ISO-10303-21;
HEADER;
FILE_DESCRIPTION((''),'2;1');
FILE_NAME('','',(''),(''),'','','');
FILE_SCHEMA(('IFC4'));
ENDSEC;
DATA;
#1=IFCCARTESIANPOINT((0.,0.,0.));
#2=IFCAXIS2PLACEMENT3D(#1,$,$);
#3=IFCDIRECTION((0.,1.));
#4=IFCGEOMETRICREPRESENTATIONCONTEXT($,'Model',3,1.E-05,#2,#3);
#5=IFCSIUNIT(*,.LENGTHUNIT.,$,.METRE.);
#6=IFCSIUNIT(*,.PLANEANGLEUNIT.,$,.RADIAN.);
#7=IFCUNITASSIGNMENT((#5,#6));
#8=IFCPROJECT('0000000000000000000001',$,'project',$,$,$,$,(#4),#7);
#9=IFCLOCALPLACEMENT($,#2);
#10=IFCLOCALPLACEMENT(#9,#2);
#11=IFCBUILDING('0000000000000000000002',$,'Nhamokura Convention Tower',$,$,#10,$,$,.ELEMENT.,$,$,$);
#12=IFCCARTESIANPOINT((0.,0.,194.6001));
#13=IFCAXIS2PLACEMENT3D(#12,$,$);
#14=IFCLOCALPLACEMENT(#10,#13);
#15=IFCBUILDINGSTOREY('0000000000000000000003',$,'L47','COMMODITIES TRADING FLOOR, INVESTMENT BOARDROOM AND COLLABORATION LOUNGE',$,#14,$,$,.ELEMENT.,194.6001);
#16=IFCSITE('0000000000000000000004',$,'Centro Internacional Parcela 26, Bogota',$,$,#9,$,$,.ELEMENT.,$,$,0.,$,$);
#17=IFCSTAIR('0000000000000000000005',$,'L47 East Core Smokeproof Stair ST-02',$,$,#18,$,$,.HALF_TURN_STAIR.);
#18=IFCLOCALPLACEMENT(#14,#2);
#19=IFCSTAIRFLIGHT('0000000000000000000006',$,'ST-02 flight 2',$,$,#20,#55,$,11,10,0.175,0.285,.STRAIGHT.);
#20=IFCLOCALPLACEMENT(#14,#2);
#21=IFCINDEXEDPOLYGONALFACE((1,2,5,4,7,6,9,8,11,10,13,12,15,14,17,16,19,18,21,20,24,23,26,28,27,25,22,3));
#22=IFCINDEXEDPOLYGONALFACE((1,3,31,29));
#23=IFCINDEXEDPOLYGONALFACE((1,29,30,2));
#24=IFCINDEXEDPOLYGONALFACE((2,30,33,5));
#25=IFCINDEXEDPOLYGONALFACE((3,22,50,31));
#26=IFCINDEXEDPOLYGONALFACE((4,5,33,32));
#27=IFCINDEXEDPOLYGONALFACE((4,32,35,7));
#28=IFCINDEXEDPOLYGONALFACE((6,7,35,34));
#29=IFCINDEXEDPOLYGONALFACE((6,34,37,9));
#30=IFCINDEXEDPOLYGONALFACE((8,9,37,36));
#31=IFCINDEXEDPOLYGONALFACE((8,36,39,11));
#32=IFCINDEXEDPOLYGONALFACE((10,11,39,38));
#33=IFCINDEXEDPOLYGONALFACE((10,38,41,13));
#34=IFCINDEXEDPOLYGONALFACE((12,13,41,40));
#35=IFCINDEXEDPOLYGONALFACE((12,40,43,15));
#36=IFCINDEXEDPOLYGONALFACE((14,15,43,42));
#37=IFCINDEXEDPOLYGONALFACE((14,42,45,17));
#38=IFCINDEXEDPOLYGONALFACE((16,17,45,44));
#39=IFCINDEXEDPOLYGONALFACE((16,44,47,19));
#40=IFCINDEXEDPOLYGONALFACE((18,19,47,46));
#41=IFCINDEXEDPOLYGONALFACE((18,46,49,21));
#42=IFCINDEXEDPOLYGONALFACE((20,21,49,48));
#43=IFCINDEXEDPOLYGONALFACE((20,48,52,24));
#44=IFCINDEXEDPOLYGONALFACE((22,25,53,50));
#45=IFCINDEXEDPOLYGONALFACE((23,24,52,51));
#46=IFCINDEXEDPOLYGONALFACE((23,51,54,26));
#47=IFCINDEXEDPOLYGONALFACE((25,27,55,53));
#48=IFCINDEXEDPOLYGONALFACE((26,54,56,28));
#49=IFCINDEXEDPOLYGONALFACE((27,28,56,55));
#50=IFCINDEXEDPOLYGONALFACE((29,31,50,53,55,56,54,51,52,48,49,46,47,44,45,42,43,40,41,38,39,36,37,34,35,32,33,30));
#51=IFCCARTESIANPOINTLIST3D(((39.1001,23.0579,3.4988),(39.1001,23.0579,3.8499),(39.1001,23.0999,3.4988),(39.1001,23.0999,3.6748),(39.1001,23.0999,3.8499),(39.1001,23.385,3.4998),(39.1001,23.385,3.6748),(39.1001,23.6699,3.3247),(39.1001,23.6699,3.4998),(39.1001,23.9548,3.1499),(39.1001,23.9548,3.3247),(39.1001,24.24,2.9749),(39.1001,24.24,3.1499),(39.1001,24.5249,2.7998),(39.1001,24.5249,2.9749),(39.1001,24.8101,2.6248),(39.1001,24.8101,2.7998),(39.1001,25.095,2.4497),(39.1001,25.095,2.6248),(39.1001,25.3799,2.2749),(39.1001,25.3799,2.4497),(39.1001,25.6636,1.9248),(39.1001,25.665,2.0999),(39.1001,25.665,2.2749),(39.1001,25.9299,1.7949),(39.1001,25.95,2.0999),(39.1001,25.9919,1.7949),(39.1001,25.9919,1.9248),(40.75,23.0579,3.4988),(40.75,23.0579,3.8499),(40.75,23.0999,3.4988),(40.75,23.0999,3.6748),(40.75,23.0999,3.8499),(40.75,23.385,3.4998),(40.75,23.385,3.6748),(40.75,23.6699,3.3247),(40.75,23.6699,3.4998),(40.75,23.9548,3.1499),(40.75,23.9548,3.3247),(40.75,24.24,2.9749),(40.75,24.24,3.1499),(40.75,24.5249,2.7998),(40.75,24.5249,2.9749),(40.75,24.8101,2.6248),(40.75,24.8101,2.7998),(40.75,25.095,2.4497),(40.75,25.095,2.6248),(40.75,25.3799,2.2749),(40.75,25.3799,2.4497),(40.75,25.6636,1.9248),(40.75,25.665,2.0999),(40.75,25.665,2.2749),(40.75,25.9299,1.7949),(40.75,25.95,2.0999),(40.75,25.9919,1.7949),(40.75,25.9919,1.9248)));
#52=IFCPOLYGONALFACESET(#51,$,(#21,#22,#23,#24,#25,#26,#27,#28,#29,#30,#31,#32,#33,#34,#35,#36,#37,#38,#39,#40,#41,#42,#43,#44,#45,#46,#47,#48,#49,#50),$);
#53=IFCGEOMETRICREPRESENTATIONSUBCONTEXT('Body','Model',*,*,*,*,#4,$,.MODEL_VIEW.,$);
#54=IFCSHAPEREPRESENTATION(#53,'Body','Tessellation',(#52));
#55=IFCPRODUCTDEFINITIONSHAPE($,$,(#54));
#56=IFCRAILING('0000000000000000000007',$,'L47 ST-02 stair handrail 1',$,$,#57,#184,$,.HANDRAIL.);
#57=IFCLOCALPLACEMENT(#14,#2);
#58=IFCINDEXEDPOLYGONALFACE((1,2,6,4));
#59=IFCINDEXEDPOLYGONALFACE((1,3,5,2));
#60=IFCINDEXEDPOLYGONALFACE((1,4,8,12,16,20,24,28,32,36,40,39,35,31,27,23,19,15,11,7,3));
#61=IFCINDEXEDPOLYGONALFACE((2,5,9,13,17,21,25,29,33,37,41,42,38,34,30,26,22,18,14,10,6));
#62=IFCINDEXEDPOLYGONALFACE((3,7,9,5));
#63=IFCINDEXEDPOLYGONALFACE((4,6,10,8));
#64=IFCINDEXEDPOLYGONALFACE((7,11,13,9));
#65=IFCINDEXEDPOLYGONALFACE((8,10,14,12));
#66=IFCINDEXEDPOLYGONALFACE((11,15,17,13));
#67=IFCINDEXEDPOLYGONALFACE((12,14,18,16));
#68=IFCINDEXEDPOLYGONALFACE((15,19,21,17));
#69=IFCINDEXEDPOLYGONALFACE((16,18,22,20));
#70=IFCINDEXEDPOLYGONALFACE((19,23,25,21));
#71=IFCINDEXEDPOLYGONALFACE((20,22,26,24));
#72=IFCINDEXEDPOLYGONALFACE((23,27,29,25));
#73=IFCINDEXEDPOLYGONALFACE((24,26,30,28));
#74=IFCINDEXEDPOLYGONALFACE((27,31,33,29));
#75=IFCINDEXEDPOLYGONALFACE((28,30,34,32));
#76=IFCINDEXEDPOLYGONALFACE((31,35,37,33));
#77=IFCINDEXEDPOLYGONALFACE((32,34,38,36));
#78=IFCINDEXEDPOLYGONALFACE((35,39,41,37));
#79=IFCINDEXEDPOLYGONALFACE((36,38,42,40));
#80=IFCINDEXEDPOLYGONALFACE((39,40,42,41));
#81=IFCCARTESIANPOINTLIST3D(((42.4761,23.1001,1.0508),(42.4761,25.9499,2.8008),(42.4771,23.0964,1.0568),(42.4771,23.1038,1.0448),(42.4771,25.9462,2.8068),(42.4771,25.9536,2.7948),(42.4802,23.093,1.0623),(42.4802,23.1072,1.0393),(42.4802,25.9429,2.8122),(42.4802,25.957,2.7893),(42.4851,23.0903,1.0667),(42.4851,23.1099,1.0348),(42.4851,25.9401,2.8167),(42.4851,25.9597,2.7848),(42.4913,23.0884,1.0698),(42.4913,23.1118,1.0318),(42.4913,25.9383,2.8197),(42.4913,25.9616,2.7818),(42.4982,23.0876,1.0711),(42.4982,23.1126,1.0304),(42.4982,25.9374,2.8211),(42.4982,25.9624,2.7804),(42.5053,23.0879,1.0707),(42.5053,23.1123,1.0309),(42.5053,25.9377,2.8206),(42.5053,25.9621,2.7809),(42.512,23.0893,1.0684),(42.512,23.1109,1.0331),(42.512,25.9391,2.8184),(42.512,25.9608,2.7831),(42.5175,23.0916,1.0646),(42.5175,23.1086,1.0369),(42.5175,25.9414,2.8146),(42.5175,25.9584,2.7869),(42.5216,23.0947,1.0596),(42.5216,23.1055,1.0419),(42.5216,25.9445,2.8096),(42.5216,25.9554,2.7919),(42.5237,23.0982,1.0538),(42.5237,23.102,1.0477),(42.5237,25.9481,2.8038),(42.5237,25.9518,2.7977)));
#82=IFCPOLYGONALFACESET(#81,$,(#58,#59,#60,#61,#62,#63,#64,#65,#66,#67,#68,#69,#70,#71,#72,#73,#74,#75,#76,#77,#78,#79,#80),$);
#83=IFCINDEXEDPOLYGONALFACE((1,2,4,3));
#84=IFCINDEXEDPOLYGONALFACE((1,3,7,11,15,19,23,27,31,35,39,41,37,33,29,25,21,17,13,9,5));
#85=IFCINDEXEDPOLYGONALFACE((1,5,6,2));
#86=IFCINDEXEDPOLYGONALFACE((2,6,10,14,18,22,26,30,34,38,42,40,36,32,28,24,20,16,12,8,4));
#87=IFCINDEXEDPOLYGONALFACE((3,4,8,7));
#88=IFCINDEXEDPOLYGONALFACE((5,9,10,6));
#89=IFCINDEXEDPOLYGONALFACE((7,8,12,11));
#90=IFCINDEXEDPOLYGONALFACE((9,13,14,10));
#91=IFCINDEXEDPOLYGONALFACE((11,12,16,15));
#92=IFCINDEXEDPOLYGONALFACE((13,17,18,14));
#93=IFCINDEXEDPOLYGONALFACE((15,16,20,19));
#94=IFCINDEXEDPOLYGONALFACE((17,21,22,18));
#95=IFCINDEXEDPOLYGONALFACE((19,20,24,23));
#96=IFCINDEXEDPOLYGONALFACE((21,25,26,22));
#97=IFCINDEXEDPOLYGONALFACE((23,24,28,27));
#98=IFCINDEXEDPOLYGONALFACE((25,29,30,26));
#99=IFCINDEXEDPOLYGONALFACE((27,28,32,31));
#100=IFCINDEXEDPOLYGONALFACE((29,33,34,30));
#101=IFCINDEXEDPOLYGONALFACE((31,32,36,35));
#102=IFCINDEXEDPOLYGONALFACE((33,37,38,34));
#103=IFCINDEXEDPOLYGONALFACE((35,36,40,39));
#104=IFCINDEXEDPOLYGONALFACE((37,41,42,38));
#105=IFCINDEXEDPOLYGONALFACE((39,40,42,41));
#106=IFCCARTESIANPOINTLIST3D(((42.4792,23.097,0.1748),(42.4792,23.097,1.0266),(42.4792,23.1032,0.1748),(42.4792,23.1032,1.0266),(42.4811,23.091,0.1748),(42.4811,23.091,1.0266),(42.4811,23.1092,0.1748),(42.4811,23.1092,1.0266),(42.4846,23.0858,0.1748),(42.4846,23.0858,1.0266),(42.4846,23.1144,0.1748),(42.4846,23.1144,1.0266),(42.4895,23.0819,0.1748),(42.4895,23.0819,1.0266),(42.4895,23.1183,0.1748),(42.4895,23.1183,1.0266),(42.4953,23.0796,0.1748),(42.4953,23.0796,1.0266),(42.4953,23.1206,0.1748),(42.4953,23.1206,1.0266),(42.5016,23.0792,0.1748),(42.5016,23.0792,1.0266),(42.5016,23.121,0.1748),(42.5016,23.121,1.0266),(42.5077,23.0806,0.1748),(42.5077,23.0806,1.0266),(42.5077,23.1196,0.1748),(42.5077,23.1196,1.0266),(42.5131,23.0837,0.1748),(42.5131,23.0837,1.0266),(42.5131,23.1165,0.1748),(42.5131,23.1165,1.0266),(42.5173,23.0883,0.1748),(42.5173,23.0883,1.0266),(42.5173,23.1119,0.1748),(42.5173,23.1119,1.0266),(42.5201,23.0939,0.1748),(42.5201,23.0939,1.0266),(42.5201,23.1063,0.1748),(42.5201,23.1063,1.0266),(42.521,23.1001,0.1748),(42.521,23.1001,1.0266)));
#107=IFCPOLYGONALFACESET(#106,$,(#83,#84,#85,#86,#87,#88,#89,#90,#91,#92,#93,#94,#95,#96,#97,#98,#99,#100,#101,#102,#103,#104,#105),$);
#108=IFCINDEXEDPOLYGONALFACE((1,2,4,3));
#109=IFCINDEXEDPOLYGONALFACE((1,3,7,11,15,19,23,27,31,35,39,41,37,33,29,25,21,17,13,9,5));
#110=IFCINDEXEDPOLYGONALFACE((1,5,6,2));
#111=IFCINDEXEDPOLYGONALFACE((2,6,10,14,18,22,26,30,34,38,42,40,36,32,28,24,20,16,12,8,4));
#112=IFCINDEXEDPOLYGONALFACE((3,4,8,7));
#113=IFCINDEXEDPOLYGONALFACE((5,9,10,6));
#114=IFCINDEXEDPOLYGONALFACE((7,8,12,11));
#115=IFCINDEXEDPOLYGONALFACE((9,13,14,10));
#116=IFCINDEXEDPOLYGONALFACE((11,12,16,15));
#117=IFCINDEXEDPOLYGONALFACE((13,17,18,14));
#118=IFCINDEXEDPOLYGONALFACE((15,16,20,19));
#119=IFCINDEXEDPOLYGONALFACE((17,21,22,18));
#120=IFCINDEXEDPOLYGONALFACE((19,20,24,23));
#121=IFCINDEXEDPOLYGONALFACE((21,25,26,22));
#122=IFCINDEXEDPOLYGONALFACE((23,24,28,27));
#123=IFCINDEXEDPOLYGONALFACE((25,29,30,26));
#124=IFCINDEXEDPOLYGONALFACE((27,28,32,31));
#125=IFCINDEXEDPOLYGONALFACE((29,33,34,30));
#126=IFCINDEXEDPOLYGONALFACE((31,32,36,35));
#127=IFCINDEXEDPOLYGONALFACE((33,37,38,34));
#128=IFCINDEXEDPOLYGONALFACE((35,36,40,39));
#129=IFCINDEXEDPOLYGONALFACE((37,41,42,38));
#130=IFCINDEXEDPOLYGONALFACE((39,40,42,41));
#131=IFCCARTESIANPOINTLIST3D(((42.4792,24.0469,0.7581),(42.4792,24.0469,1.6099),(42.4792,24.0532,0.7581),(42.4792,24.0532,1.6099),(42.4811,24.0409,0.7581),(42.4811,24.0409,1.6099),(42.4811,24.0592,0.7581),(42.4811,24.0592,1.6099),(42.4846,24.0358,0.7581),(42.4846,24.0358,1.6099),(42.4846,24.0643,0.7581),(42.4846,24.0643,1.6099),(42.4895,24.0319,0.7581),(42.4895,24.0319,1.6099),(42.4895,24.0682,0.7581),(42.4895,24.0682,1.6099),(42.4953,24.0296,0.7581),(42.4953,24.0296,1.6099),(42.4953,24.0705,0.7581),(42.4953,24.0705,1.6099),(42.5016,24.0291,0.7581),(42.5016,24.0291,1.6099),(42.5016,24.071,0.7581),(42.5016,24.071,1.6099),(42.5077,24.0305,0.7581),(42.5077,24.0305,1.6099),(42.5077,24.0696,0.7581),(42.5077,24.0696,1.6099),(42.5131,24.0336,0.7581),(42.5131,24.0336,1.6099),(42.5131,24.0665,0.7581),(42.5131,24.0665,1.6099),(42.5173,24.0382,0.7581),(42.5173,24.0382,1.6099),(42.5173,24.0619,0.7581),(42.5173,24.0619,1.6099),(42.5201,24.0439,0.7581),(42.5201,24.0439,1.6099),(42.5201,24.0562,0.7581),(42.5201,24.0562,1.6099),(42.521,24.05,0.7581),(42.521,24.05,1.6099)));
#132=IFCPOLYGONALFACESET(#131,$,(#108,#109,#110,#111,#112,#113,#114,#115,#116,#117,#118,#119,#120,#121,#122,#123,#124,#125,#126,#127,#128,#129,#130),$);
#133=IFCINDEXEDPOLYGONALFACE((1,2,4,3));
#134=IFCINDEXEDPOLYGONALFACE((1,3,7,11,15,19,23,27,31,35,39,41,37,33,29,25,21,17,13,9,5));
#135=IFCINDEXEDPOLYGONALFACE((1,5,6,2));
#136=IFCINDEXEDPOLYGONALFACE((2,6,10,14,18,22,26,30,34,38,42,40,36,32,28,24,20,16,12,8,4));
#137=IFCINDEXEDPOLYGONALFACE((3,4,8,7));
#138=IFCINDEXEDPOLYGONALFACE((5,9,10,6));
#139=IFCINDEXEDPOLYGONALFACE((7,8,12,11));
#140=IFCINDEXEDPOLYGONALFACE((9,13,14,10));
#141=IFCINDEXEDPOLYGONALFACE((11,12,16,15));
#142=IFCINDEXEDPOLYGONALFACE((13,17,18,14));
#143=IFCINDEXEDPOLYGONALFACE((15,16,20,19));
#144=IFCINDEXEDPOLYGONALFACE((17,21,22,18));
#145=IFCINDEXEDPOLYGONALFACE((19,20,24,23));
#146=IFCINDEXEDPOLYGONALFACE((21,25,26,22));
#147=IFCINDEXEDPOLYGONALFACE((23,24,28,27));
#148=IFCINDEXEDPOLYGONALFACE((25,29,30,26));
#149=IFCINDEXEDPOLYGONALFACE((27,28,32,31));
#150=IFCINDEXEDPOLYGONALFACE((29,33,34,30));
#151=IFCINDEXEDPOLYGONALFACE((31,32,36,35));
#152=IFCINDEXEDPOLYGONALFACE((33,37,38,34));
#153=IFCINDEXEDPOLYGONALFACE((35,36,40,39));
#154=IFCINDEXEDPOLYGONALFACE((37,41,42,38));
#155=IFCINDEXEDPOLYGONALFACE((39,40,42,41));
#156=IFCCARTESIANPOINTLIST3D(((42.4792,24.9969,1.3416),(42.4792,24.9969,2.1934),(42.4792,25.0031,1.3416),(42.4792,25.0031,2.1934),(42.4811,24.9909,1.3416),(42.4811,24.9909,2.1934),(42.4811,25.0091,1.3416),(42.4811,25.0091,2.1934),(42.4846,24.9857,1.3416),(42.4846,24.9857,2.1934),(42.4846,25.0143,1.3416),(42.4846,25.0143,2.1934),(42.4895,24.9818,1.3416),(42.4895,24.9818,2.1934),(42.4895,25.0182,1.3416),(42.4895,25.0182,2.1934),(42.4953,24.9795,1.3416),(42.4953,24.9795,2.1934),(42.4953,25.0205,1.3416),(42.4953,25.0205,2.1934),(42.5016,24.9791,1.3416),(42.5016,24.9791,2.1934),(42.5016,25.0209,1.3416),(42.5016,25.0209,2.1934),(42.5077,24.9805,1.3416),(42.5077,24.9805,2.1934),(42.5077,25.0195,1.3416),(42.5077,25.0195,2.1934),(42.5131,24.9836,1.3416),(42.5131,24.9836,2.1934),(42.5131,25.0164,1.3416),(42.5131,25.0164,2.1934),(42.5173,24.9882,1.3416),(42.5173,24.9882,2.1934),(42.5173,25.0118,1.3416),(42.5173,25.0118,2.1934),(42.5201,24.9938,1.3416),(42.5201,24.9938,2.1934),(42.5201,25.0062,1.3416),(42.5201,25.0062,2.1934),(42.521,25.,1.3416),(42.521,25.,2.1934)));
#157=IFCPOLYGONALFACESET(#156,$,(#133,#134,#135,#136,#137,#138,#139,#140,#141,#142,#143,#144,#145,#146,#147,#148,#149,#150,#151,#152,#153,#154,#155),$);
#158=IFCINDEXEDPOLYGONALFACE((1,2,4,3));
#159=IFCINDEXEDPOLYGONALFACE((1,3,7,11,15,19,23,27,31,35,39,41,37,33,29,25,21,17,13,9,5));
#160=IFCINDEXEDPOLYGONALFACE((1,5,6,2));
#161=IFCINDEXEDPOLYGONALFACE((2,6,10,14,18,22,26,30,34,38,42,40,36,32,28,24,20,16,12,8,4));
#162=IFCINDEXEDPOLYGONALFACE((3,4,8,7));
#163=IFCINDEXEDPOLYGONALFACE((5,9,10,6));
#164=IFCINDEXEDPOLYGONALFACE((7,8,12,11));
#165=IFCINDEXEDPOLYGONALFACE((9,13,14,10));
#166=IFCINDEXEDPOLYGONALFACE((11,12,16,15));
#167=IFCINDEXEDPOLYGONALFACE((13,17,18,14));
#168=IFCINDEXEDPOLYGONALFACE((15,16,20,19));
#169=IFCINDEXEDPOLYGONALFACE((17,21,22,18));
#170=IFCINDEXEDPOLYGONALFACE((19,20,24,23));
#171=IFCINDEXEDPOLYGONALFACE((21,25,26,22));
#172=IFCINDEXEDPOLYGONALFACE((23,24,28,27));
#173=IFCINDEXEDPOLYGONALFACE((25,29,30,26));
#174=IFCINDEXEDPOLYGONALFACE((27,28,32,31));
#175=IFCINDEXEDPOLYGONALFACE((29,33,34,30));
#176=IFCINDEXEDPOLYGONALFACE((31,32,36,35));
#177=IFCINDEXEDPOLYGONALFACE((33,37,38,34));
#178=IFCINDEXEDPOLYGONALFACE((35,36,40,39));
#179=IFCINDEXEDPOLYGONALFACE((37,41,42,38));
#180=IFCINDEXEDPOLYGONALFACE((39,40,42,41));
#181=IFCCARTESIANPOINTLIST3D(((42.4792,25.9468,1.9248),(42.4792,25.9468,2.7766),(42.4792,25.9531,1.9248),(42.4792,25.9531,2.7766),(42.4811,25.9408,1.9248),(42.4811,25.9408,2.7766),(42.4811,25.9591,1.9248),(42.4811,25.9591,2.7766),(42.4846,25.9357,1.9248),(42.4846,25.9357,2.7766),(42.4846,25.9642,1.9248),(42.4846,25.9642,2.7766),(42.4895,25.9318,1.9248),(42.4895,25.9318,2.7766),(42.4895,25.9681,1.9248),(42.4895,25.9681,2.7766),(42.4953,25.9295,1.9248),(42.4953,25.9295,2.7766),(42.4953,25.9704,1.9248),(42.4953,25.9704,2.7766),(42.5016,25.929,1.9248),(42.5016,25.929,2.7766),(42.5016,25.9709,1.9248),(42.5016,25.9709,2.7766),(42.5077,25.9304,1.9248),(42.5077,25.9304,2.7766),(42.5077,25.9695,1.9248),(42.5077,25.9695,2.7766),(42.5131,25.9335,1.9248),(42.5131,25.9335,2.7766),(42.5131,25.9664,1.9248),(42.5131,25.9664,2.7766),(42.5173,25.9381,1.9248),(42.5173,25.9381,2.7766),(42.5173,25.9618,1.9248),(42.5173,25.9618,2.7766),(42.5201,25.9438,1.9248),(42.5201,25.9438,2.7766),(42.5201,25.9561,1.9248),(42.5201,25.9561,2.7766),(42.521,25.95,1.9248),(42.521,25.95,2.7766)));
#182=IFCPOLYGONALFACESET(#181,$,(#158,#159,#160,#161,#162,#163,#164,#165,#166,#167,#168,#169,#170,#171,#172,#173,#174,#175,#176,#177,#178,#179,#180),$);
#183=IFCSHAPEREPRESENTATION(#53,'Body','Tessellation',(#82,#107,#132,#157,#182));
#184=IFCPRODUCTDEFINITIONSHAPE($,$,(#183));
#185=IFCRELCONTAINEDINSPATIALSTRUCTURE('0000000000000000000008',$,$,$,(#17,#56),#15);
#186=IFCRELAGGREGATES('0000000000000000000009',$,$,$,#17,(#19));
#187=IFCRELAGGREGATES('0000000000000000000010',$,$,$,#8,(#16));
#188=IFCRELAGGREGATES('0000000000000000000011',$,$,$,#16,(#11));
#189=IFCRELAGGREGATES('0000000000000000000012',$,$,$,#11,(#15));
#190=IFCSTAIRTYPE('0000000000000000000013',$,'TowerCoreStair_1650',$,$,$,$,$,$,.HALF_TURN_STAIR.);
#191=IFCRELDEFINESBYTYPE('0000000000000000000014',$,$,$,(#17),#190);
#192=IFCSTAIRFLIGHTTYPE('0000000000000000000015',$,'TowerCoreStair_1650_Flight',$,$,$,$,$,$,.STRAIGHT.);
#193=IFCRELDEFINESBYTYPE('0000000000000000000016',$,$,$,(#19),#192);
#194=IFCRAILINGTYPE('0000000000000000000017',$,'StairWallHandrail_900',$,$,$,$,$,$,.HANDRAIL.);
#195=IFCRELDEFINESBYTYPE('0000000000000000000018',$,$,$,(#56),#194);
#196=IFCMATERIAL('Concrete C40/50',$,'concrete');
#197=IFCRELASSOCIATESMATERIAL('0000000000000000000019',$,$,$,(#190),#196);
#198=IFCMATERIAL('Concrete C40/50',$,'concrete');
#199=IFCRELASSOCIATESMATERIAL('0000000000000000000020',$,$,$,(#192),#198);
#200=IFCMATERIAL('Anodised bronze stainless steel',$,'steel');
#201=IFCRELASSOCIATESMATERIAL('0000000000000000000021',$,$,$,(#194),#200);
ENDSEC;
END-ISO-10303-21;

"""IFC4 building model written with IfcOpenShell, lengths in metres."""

from ifc_helpers import new_model, si_unit, direction, frame, origin, origin_2d, place, context, subcontext, project, spatial, polyline, circle, outline, extrude, material, type_object, element, aggregate, save


model = new_model("IFC4")

# Units and contexts
model_context = context("Model", 3, precision=1e-05, world=origin(), true_north=direction((0.0, 1.0)))
body_context = subcontext(model_context, "Body", "Model", "MODEL_VIEW")
ifc_project = project(units=[si_unit("LENGTHUNIT", "METRE"), si_unit("PLANEANGLEUNIT", "RADIAN")], contexts=[model_context])

# Site, building, storey
site_placement = place(None, origin())
site = spatial("IfcSite", under=ifc_project, at=site_placement, Name="Centro Internacional Parcela 26, Bogota", CompositionType="ELEMENT", RefElevation=0.0)
building_placement = place(site_placement, origin())
building = spatial("IfcBuilding", under=site, at=building_placement, Name="Nhamokura Convention Tower", CompositionType="ELEMENT")
storey_placement = place(building_placement, frame((0.0, 0.0, 194.6001)))
storey = spatial("IfcBuildingStorey", under=building, at=storey_placement, Name="L47", Description="COMMODITIES TRADING FLOOR, INVESTMENT BOARDROOM AND COLLABORATION LOUNGE", CompositionType="ELEMENT", Elevation=194.6001)

# Stair, stair flight
ifc_material_1 = material(Name="Concrete C40/50", Category="concrete")
stair_type = type_object("IfcStairType", Name="TowerCoreStair_1650", PredefinedType="HALF_TURN_STAIR", material=ifc_material_1)
stair_placement = place(storey_placement, origin())
stair = element("IfcStair", 1, at=stair_placement, inside=storey, type_object=stair_type, Name="L47 East Core Smokeproof Stair ST-02", PredefinedType="HALF_TURN_STAIR")
ifc_material_2 = material(Name="Concrete C40/50", Category="concrete")
stair_flight_type = type_object("IfcStairFlightType", Name="TowerCoreStair_1650_Flight", PredefinedType="STRAIGHT", material=ifc_material_2)
stair_flight_1_placement = place(storey_placement, frame((39.925, 25.95, 1.9248), z_axis=(0.0, 0.0, 1.0), x_axis=(0.0, -1.0, 0.0)))
stair_flight_1 = element("IfcStairFlight", 2, at=stair_flight_1_placement, type_object=stair_flight_type, Name="ST-02 flight 2", NumberOfRisers=11, NumberOfTreads=10, PredefinedType="STRAIGHT", RiserHeight=0.175, TreadLength=0.285, context=body_context, shape_type="SweptSolid", body=[
    extrude(outline(polyline([(-0.042, 0.0), (0.0, 0.175), (0.2849, 0.175), (0.2849, 0.3501), (0.5701, 0.3501), (0.5701, 0.5249), (0.855, 0.5249), (0.855, 0.7), (1.1399, 0.7), (1.1399, 0.875), (1.425, 0.875), (1.425, 1.05), (1.71, 1.05), (1.71, 1.2251), (1.9951, 1.2251), (1.9951, 1.3999), (2.28, 1.3999), (2.28, 1.575), (2.5649, 1.575), (2.5649, 1.75), (2.8501, 1.75), (2.8501, 1.925), (2.8921, 1.925), (2.8921, 1.574), (2.8501, 1.574), (0.2864, 0.0), (0.02, -0.1299), (-0.042, -0.1299), (-0.042, 0.0)])), frame((0.0, 0.825, 0.0), z_axis=(0.0, -1.0, 0.0), x_axis=(1.0, 0.0, 0.0)), (0.0, 0.0, 1.0), 1.6499),
])
aggregate(stair, [stair_flight_1])

# Railing
ifc_material_3 = material(Name="Anodised bronze stainless steel", Category="steel")
railing_type_1 = type_object("IfcRailingType", Name="StairWallHandrail_900", PredefinedType="HANDRAIL", material=ifc_material_3)
railing_1_placement = place(storey_placement, frame((42.5, 23.1001, 0.1748)))
element("IfcRailing", 3, at=railing_1_placement, inside=storey, type_object=railing_type_1, Name="L47 ST-02 stair handrail 1", PredefinedType="HANDRAIL", context=body_context, shape_type="SweptSolid", body=[
    extrude(circle(Radius=0.0239, at=origin_2d()), frame((0.0, 0.0, 0.876), z_axis=(0.0, 0.852159, 0.523283), x_axis=(-1.0, 0.0, 0.0)), (0.0, 0.0, 1.0), 3.3442),
    extrude(circle(Radius=0.021, at=origin_2d()), origin(), (0.0, 0.0, 1.0), 0.8518),
    extrude(circle(Radius=0.021, at=origin_2d()), frame((0.0, 0.95, 0.5833)), (0.0, 0.0, 1.0), 0.8518),
    extrude(circle(Radius=0.021, at=origin_2d()), frame((0.0, 1.8999, 1.1667)), (0.0, 0.0, 1.0), 0.8518),
    extrude(circle(Radius=0.021, at=origin_2d()), frame((0.0, 2.8499, 1.75)), (0.0, 0.0, 1.0), 0.8518),
])

save(model, "model.ifc")
